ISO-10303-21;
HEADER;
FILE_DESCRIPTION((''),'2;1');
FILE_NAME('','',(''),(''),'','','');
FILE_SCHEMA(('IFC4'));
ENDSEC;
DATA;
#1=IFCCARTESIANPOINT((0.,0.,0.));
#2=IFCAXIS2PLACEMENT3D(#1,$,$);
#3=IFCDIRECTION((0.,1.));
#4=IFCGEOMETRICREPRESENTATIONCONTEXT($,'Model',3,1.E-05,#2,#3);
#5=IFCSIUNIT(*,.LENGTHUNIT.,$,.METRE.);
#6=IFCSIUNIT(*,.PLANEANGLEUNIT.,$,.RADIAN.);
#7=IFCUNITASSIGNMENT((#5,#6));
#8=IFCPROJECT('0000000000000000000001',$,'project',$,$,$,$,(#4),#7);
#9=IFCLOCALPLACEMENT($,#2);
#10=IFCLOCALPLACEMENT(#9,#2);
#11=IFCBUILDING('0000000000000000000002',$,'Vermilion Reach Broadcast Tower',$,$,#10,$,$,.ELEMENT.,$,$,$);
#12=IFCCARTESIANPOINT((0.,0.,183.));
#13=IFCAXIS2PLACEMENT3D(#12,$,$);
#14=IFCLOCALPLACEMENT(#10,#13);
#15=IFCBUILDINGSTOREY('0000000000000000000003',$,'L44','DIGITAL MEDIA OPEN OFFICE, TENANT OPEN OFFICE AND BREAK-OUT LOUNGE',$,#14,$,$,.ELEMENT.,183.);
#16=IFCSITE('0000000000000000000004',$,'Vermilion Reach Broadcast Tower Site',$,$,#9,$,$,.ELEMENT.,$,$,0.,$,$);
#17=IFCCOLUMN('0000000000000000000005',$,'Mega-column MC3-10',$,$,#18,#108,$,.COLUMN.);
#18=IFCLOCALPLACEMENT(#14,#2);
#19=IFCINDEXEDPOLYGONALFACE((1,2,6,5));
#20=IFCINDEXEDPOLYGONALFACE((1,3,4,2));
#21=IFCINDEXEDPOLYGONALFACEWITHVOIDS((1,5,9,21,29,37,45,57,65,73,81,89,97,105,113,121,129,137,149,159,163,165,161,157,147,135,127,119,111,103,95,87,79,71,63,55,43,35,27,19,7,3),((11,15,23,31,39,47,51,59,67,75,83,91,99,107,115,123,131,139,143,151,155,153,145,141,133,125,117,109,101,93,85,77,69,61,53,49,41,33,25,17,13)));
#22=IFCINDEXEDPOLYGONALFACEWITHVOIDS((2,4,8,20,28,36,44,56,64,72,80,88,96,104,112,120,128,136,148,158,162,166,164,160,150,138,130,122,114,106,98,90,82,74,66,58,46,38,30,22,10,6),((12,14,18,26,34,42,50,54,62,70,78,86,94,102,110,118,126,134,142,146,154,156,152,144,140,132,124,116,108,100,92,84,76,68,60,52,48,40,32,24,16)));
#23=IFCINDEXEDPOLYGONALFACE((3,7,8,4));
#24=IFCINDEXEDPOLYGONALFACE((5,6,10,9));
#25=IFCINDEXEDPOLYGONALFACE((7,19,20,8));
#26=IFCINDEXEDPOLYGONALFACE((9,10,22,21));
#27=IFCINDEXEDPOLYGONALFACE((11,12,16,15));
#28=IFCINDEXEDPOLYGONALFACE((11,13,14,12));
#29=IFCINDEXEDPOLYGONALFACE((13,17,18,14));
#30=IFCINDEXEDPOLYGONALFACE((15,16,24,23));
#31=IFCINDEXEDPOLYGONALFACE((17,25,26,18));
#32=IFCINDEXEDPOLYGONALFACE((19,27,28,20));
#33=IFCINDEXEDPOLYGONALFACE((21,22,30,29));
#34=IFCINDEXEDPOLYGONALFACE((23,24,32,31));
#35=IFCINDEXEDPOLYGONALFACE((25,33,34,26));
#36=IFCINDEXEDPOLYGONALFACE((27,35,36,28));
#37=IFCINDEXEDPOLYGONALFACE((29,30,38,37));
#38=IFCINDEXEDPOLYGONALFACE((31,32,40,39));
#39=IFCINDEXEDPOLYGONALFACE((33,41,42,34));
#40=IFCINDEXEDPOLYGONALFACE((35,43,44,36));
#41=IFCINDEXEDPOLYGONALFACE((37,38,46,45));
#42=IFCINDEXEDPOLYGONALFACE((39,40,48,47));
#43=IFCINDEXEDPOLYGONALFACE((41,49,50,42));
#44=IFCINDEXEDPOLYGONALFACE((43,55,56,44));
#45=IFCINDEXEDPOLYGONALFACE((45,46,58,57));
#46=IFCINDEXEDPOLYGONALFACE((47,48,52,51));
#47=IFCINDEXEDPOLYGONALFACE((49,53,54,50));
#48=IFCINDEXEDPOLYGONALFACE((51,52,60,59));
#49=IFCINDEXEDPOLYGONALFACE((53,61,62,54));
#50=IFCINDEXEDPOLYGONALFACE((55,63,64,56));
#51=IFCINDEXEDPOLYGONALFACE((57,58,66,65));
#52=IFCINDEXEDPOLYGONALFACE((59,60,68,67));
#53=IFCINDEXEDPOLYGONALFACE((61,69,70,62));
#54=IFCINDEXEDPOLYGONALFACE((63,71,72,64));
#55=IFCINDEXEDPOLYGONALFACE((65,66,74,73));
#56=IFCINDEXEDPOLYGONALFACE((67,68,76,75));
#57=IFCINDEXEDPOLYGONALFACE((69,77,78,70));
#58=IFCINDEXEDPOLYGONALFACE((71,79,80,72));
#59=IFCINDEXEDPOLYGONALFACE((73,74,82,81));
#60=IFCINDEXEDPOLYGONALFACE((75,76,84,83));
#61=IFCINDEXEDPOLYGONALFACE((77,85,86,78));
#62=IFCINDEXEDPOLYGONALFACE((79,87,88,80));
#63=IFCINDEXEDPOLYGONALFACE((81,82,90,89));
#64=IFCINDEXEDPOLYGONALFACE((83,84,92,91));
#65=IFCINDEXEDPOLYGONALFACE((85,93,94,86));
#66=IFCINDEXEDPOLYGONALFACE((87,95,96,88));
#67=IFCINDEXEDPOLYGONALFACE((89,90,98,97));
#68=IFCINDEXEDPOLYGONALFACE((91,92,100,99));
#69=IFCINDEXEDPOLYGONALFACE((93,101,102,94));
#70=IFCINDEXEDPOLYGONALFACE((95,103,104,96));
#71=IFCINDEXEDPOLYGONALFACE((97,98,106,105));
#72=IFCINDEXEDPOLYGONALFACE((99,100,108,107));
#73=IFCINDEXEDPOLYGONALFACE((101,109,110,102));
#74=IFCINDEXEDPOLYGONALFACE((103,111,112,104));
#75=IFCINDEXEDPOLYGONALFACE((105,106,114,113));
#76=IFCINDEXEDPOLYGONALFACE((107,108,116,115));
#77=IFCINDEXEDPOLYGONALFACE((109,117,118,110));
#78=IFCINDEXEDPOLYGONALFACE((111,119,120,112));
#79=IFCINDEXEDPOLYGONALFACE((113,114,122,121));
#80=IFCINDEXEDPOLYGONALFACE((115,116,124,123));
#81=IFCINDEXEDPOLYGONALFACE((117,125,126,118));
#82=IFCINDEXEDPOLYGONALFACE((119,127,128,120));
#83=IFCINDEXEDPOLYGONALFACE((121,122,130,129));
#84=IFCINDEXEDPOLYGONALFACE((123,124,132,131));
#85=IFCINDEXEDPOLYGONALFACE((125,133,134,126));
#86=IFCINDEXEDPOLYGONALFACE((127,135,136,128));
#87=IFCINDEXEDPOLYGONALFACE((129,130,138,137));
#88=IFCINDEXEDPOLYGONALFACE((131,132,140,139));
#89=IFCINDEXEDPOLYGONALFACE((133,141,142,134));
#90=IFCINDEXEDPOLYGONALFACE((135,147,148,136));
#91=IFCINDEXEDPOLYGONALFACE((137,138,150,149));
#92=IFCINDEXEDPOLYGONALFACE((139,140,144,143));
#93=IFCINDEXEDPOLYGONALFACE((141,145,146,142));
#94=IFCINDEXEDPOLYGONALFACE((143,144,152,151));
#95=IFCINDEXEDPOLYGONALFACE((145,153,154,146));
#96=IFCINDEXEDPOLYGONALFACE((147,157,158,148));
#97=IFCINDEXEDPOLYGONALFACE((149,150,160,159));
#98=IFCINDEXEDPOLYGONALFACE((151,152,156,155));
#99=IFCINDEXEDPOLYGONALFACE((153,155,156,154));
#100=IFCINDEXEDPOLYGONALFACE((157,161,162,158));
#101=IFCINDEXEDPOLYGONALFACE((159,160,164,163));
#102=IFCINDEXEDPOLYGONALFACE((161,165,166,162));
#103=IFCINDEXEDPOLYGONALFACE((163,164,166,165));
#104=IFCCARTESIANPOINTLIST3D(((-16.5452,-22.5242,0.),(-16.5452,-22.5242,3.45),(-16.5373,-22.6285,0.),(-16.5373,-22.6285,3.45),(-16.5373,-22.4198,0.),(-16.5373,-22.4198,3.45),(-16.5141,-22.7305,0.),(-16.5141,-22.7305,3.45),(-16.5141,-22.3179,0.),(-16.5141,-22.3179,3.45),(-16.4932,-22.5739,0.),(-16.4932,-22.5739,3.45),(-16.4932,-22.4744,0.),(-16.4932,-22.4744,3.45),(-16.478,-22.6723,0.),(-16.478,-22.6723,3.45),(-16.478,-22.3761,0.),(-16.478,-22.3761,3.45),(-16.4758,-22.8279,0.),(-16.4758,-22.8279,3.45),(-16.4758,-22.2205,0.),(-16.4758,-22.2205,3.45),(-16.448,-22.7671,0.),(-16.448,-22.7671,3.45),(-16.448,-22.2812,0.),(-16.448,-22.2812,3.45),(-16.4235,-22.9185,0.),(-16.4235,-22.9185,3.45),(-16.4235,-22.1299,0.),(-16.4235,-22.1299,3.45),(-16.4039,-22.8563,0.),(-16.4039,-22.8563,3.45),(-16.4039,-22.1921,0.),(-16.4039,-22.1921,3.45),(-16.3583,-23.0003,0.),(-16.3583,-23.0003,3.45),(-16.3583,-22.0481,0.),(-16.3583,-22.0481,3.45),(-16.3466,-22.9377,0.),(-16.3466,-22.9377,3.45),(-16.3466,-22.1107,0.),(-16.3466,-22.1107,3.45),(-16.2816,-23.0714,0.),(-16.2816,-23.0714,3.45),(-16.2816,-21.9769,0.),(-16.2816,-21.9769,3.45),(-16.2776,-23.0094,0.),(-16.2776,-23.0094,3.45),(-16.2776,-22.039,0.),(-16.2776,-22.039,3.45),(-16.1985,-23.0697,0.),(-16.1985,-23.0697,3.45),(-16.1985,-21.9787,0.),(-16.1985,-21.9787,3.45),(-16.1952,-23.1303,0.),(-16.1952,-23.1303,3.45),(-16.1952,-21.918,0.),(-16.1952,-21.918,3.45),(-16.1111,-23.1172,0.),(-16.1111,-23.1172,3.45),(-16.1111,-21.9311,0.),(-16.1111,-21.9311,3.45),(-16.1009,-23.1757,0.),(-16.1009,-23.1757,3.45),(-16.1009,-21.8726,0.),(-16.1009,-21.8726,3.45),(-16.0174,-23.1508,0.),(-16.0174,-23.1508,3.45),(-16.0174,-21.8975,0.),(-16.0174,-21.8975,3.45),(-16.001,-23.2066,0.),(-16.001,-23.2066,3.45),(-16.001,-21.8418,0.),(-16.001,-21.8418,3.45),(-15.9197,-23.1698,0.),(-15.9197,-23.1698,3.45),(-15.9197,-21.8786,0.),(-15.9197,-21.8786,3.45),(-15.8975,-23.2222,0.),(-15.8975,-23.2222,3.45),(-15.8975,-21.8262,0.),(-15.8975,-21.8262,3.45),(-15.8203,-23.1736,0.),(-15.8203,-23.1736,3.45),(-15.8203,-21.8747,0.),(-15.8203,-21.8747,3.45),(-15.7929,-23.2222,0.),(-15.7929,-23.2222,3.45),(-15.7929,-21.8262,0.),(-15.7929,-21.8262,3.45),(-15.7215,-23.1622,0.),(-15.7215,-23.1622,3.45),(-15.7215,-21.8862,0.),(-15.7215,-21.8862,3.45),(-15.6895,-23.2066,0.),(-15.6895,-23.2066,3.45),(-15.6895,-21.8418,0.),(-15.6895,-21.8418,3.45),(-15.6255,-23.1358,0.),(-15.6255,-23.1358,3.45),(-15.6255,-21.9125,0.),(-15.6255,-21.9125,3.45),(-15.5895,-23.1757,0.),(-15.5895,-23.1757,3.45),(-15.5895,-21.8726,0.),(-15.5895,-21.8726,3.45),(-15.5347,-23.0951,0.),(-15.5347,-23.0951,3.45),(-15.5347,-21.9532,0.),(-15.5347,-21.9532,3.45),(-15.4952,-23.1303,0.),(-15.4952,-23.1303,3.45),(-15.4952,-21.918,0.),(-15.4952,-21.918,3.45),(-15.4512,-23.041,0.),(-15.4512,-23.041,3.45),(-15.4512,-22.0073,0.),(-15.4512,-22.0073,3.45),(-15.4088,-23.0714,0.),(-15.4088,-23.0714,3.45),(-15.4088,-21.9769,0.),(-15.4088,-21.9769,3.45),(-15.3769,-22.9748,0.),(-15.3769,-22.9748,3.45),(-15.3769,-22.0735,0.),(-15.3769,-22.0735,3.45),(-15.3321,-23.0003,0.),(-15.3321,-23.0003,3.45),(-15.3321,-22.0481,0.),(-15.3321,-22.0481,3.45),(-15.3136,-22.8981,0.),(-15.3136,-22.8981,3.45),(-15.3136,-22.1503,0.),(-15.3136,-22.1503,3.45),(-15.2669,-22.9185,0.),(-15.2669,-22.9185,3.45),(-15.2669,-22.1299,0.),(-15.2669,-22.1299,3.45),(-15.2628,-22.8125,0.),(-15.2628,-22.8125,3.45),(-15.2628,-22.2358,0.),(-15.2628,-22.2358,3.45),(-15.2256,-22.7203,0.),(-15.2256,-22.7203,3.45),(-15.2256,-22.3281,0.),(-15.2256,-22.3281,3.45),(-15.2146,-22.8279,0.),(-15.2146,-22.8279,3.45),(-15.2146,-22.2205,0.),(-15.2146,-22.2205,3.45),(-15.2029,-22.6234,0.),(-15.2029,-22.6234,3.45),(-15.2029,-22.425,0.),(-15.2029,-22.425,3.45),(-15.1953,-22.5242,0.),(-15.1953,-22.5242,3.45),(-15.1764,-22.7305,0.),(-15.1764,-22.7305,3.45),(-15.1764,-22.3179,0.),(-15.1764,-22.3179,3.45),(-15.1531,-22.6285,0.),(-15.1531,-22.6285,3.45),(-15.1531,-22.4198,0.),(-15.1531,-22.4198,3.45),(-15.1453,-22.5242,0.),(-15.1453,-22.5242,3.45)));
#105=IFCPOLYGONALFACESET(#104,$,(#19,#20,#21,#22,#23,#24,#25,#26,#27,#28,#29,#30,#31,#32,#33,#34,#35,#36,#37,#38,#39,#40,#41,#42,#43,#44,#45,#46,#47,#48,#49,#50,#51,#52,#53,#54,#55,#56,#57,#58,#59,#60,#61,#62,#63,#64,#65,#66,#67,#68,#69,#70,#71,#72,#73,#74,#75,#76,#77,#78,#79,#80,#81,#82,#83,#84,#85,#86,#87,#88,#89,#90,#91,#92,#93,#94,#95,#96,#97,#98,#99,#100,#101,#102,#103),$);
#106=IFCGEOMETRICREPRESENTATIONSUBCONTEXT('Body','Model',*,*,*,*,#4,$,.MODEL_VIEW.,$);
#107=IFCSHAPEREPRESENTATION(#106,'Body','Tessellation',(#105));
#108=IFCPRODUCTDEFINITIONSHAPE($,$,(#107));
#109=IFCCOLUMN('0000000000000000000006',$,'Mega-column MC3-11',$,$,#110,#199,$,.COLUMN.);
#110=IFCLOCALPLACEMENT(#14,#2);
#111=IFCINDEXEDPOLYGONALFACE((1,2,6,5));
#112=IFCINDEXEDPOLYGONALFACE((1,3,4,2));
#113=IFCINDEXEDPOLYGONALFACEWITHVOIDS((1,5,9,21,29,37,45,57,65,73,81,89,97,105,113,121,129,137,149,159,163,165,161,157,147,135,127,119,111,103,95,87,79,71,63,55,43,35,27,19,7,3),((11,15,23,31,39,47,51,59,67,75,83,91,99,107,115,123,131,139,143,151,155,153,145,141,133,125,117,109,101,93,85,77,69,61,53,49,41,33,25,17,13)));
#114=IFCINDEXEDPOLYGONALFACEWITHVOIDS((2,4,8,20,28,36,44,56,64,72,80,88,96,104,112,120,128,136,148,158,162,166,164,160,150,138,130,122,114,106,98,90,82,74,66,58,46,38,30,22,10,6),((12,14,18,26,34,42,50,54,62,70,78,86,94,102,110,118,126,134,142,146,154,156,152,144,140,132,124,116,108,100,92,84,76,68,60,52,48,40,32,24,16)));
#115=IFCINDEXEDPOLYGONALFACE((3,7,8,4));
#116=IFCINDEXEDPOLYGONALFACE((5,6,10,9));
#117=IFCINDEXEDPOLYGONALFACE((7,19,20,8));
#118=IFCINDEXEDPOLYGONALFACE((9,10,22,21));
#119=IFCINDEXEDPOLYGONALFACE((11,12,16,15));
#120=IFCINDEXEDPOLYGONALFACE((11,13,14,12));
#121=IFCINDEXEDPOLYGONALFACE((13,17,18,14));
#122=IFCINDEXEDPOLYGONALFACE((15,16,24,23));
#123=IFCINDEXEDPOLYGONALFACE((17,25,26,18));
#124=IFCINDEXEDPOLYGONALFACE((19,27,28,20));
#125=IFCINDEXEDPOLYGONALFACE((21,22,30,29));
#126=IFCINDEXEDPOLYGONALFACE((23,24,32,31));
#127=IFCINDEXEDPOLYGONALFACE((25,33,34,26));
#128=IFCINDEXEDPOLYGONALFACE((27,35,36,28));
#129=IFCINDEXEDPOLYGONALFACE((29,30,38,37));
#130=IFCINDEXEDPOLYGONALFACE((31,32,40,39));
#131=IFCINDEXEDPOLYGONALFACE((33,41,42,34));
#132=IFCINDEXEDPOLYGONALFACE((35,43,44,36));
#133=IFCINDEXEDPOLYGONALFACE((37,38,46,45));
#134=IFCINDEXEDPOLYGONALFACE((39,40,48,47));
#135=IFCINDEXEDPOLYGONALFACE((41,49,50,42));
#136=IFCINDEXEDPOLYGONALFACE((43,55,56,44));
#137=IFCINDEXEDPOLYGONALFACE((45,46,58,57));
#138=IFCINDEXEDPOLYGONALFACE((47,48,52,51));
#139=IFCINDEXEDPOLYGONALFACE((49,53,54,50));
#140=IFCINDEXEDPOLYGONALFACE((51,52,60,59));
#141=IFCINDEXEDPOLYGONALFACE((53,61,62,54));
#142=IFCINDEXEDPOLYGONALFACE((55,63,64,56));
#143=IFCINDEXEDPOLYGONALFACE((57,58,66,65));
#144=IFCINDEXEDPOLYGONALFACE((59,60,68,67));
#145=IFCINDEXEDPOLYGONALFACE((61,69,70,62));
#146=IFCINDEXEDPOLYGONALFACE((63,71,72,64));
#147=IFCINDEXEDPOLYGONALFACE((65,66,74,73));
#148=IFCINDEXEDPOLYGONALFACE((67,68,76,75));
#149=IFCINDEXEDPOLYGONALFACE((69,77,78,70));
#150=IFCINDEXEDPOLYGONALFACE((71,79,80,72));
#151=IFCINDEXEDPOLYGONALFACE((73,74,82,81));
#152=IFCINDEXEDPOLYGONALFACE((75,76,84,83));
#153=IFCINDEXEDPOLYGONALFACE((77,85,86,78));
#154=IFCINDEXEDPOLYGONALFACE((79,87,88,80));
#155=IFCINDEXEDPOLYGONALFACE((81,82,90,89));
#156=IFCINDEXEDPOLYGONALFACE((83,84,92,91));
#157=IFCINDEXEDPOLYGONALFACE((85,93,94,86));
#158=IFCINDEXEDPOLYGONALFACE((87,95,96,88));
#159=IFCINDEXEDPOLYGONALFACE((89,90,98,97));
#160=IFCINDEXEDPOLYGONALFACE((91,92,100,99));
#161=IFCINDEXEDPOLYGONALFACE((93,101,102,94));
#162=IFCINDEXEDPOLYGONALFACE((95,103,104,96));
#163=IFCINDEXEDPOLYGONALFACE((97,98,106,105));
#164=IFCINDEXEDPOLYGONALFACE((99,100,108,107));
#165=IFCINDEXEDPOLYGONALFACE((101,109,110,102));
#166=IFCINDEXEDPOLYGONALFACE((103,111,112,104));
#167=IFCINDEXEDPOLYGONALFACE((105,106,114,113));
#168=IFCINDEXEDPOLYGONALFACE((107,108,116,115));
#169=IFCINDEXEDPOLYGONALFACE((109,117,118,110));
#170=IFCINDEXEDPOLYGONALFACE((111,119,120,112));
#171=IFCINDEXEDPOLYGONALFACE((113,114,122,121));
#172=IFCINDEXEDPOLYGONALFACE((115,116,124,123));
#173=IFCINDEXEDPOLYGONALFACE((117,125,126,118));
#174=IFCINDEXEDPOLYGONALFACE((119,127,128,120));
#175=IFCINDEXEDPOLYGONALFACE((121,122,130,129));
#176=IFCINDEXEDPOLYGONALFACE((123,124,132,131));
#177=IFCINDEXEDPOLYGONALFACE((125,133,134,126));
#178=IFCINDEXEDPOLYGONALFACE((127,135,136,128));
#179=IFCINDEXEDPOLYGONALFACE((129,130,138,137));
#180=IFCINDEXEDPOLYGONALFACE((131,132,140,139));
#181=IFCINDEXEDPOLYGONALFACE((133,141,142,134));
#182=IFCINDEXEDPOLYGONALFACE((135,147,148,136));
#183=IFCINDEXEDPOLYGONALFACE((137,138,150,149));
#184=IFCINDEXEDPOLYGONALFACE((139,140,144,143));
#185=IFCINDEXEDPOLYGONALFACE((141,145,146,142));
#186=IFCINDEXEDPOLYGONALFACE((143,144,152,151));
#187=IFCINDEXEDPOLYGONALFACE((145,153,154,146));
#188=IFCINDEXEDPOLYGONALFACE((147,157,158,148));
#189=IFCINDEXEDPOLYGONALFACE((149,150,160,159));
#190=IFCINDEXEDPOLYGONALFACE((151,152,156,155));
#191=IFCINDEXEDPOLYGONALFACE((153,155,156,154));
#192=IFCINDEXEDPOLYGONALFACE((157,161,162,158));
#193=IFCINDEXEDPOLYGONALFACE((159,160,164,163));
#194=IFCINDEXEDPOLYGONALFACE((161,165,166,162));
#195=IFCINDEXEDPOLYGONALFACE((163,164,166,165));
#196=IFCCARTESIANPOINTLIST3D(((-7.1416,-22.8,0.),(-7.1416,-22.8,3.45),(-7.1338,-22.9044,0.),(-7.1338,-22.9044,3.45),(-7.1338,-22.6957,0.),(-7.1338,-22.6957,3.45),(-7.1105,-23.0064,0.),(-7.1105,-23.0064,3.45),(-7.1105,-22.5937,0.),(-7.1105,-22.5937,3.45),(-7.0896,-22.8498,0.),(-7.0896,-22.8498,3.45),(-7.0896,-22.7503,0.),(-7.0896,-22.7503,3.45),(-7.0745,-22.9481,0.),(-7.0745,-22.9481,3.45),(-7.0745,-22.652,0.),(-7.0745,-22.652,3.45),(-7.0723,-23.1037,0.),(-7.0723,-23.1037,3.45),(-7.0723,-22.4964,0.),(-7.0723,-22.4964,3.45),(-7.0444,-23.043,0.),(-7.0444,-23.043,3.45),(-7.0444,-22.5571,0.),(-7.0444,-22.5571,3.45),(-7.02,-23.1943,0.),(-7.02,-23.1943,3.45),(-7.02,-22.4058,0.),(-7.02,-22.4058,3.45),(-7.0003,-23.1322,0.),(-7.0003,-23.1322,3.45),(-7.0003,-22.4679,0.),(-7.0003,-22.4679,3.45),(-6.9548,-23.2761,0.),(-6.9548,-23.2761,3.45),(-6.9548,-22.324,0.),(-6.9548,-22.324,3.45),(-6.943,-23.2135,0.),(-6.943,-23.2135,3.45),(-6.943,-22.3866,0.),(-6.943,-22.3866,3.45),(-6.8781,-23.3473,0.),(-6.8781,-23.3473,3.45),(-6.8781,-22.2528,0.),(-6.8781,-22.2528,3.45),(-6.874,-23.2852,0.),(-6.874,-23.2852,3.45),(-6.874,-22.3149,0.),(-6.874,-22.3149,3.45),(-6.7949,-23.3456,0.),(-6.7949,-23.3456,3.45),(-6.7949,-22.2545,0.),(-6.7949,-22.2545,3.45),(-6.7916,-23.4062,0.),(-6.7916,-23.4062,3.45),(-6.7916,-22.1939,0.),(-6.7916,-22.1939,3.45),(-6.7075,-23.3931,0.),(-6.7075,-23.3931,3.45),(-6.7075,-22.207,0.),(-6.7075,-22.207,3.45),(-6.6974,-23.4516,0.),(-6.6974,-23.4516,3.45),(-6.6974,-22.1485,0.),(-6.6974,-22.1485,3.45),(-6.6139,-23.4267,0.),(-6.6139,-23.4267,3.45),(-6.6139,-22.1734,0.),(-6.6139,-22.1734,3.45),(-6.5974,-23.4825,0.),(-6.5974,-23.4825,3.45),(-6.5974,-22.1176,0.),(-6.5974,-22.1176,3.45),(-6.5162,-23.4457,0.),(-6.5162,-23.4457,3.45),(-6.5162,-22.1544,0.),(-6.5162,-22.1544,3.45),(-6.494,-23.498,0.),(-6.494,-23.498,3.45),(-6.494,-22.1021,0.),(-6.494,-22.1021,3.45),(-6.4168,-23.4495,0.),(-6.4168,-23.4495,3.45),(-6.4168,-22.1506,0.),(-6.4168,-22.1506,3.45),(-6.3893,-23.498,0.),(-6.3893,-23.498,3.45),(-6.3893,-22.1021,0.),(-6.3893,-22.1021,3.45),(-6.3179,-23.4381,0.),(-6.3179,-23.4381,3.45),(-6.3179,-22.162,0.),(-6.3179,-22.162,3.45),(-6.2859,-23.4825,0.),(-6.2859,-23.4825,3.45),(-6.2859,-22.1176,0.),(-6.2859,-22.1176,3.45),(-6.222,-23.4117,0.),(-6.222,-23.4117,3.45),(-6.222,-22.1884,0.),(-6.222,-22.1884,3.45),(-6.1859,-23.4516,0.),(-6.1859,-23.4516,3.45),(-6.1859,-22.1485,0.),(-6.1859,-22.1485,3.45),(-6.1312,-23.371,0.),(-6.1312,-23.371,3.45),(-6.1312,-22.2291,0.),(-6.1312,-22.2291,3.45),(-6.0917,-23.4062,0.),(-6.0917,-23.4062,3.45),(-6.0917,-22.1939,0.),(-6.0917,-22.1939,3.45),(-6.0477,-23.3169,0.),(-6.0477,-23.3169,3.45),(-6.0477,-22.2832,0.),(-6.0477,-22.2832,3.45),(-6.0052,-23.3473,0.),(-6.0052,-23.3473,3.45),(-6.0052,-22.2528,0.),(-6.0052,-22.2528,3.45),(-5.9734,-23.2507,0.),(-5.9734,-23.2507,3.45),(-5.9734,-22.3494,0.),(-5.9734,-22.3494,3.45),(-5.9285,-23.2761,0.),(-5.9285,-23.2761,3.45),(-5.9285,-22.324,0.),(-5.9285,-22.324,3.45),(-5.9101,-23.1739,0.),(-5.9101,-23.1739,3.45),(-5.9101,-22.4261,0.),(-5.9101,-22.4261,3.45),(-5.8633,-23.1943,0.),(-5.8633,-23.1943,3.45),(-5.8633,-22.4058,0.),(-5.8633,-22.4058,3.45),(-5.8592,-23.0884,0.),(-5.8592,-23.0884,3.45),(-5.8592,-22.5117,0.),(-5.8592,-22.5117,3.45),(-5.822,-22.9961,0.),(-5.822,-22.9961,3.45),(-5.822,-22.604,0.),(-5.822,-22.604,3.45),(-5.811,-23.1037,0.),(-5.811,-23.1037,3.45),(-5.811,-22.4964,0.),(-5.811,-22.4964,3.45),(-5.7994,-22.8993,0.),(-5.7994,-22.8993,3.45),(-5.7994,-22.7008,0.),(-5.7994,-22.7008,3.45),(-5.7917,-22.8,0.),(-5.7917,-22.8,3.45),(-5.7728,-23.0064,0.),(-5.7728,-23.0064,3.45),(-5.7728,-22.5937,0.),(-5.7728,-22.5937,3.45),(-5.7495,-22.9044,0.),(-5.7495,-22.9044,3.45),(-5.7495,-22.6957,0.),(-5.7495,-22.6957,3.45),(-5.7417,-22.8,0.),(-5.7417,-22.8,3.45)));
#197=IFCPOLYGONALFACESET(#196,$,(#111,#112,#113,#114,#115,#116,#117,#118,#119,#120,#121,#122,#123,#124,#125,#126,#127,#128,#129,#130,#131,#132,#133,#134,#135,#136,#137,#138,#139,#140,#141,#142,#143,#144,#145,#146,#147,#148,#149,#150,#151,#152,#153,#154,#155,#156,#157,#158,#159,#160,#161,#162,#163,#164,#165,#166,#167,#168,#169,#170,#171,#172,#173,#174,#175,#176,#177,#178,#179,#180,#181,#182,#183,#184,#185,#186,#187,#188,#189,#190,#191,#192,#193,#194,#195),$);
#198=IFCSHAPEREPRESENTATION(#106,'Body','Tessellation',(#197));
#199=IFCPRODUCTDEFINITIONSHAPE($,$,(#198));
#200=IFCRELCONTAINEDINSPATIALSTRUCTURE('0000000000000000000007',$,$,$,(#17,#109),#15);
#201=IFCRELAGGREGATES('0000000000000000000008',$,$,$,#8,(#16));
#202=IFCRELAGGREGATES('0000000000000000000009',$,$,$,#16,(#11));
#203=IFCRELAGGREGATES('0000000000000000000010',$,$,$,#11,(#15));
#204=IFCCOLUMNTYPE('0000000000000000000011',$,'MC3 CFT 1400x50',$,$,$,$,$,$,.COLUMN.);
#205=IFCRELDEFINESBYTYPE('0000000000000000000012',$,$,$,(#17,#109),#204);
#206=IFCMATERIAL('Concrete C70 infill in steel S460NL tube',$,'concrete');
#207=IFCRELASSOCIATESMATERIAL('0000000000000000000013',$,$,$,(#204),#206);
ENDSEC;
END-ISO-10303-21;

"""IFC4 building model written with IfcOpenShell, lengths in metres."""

from ifc_helpers import new_model, si_unit, direction, frame, origin, origin_2d, place, context, subcontext, project, spatial, hollow_circle, extrude, material, material_profile, profile_set, type_object, element, save


model = new_model("IFC4")

# Units and contexts
model_context = context("Model", 3, precision=1e-05, world=origin(), true_north=direction((0.0, 1.0)))
body_context = subcontext(model_context, "Body", "Model", "MODEL_VIEW")
ifc_project = project(units=[si_unit("LENGTHUNIT", "METRE"), si_unit("PLANEANGLEUNIT", "RADIAN")], contexts=[model_context])

# Site, building, storey
site_placement = place(None, origin())
site = spatial("IfcSite", under=ifc_project, at=site_placement, Name="Vermilion Reach Broadcast Tower Site", CompositionType="ELEMENT", RefElevation=0.0)
building_placement = place(site_placement, origin())
building = spatial("IfcBuilding", under=site, at=building_placement, Name="Vermilion Reach Broadcast Tower", CompositionType="ELEMENT")
storey_placement = place(building_placement, frame((0.0, 0.0, 183.0)))
storey = spatial("IfcBuildingStorey", under=building, at=storey_placement, Name="L44", Description="DIGITAL MEDIA OPEN OFFICE, TENANT OPEN OFFICE AND BREAK-OUT LOUNGE", CompositionType="ELEMENT", Elevation=183.0)

# Columns
ifc_material_1 = material(Name="Concrete C70 infill in steel S460NL tube", Category="concrete")
ifc_material_profile_1 = material_profile(ifc_material_1, hollow_circle(Radius=0.7, WallThickness=0.05, at=origin_2d()), Name="Concrete C70 infill in steel S460NL tube CFT 1400x50")
ifc_profile_set_1 = profile_set([ifc_material_profile_1], Name="Concrete C70 infill in steel S460NL tube")
column_type = type_object("IfcColumnType", Name="MC3 CFT 1400x50", PredefinedType="COLUMN", material=ifc_profile_set_1)
for number, where, z_axis, x_axis, name in (
    (1, (-15.8452, -22.5242, 0.0), (0.0, 0.0, 1.0), (1.0, 0.0, 0.0), "Mega-column MC3-10"),
    (2, (-6.4417, -22.8, 0.0), (0.0, 0.0, 1.0), (1.0, 0.0, 0.0), "Mega-column MC3-11"),
):
    element("IfcColumn", number, at=place(storey_placement, frame(where, z_axis=z_axis, x_axis=x_axis)), inside=storey, type_object=column_type, Name=name, PredefinedType="COLUMN", context=body_context, shape_type="SweptSolid", body=[
        extrude(hollow_circle(Radius=0.7, WallThickness=0.05, at=origin_2d()), origin(), (0.0, 0.0, 1.0), 3.45),
    ])

save(model, "model.ifc")
